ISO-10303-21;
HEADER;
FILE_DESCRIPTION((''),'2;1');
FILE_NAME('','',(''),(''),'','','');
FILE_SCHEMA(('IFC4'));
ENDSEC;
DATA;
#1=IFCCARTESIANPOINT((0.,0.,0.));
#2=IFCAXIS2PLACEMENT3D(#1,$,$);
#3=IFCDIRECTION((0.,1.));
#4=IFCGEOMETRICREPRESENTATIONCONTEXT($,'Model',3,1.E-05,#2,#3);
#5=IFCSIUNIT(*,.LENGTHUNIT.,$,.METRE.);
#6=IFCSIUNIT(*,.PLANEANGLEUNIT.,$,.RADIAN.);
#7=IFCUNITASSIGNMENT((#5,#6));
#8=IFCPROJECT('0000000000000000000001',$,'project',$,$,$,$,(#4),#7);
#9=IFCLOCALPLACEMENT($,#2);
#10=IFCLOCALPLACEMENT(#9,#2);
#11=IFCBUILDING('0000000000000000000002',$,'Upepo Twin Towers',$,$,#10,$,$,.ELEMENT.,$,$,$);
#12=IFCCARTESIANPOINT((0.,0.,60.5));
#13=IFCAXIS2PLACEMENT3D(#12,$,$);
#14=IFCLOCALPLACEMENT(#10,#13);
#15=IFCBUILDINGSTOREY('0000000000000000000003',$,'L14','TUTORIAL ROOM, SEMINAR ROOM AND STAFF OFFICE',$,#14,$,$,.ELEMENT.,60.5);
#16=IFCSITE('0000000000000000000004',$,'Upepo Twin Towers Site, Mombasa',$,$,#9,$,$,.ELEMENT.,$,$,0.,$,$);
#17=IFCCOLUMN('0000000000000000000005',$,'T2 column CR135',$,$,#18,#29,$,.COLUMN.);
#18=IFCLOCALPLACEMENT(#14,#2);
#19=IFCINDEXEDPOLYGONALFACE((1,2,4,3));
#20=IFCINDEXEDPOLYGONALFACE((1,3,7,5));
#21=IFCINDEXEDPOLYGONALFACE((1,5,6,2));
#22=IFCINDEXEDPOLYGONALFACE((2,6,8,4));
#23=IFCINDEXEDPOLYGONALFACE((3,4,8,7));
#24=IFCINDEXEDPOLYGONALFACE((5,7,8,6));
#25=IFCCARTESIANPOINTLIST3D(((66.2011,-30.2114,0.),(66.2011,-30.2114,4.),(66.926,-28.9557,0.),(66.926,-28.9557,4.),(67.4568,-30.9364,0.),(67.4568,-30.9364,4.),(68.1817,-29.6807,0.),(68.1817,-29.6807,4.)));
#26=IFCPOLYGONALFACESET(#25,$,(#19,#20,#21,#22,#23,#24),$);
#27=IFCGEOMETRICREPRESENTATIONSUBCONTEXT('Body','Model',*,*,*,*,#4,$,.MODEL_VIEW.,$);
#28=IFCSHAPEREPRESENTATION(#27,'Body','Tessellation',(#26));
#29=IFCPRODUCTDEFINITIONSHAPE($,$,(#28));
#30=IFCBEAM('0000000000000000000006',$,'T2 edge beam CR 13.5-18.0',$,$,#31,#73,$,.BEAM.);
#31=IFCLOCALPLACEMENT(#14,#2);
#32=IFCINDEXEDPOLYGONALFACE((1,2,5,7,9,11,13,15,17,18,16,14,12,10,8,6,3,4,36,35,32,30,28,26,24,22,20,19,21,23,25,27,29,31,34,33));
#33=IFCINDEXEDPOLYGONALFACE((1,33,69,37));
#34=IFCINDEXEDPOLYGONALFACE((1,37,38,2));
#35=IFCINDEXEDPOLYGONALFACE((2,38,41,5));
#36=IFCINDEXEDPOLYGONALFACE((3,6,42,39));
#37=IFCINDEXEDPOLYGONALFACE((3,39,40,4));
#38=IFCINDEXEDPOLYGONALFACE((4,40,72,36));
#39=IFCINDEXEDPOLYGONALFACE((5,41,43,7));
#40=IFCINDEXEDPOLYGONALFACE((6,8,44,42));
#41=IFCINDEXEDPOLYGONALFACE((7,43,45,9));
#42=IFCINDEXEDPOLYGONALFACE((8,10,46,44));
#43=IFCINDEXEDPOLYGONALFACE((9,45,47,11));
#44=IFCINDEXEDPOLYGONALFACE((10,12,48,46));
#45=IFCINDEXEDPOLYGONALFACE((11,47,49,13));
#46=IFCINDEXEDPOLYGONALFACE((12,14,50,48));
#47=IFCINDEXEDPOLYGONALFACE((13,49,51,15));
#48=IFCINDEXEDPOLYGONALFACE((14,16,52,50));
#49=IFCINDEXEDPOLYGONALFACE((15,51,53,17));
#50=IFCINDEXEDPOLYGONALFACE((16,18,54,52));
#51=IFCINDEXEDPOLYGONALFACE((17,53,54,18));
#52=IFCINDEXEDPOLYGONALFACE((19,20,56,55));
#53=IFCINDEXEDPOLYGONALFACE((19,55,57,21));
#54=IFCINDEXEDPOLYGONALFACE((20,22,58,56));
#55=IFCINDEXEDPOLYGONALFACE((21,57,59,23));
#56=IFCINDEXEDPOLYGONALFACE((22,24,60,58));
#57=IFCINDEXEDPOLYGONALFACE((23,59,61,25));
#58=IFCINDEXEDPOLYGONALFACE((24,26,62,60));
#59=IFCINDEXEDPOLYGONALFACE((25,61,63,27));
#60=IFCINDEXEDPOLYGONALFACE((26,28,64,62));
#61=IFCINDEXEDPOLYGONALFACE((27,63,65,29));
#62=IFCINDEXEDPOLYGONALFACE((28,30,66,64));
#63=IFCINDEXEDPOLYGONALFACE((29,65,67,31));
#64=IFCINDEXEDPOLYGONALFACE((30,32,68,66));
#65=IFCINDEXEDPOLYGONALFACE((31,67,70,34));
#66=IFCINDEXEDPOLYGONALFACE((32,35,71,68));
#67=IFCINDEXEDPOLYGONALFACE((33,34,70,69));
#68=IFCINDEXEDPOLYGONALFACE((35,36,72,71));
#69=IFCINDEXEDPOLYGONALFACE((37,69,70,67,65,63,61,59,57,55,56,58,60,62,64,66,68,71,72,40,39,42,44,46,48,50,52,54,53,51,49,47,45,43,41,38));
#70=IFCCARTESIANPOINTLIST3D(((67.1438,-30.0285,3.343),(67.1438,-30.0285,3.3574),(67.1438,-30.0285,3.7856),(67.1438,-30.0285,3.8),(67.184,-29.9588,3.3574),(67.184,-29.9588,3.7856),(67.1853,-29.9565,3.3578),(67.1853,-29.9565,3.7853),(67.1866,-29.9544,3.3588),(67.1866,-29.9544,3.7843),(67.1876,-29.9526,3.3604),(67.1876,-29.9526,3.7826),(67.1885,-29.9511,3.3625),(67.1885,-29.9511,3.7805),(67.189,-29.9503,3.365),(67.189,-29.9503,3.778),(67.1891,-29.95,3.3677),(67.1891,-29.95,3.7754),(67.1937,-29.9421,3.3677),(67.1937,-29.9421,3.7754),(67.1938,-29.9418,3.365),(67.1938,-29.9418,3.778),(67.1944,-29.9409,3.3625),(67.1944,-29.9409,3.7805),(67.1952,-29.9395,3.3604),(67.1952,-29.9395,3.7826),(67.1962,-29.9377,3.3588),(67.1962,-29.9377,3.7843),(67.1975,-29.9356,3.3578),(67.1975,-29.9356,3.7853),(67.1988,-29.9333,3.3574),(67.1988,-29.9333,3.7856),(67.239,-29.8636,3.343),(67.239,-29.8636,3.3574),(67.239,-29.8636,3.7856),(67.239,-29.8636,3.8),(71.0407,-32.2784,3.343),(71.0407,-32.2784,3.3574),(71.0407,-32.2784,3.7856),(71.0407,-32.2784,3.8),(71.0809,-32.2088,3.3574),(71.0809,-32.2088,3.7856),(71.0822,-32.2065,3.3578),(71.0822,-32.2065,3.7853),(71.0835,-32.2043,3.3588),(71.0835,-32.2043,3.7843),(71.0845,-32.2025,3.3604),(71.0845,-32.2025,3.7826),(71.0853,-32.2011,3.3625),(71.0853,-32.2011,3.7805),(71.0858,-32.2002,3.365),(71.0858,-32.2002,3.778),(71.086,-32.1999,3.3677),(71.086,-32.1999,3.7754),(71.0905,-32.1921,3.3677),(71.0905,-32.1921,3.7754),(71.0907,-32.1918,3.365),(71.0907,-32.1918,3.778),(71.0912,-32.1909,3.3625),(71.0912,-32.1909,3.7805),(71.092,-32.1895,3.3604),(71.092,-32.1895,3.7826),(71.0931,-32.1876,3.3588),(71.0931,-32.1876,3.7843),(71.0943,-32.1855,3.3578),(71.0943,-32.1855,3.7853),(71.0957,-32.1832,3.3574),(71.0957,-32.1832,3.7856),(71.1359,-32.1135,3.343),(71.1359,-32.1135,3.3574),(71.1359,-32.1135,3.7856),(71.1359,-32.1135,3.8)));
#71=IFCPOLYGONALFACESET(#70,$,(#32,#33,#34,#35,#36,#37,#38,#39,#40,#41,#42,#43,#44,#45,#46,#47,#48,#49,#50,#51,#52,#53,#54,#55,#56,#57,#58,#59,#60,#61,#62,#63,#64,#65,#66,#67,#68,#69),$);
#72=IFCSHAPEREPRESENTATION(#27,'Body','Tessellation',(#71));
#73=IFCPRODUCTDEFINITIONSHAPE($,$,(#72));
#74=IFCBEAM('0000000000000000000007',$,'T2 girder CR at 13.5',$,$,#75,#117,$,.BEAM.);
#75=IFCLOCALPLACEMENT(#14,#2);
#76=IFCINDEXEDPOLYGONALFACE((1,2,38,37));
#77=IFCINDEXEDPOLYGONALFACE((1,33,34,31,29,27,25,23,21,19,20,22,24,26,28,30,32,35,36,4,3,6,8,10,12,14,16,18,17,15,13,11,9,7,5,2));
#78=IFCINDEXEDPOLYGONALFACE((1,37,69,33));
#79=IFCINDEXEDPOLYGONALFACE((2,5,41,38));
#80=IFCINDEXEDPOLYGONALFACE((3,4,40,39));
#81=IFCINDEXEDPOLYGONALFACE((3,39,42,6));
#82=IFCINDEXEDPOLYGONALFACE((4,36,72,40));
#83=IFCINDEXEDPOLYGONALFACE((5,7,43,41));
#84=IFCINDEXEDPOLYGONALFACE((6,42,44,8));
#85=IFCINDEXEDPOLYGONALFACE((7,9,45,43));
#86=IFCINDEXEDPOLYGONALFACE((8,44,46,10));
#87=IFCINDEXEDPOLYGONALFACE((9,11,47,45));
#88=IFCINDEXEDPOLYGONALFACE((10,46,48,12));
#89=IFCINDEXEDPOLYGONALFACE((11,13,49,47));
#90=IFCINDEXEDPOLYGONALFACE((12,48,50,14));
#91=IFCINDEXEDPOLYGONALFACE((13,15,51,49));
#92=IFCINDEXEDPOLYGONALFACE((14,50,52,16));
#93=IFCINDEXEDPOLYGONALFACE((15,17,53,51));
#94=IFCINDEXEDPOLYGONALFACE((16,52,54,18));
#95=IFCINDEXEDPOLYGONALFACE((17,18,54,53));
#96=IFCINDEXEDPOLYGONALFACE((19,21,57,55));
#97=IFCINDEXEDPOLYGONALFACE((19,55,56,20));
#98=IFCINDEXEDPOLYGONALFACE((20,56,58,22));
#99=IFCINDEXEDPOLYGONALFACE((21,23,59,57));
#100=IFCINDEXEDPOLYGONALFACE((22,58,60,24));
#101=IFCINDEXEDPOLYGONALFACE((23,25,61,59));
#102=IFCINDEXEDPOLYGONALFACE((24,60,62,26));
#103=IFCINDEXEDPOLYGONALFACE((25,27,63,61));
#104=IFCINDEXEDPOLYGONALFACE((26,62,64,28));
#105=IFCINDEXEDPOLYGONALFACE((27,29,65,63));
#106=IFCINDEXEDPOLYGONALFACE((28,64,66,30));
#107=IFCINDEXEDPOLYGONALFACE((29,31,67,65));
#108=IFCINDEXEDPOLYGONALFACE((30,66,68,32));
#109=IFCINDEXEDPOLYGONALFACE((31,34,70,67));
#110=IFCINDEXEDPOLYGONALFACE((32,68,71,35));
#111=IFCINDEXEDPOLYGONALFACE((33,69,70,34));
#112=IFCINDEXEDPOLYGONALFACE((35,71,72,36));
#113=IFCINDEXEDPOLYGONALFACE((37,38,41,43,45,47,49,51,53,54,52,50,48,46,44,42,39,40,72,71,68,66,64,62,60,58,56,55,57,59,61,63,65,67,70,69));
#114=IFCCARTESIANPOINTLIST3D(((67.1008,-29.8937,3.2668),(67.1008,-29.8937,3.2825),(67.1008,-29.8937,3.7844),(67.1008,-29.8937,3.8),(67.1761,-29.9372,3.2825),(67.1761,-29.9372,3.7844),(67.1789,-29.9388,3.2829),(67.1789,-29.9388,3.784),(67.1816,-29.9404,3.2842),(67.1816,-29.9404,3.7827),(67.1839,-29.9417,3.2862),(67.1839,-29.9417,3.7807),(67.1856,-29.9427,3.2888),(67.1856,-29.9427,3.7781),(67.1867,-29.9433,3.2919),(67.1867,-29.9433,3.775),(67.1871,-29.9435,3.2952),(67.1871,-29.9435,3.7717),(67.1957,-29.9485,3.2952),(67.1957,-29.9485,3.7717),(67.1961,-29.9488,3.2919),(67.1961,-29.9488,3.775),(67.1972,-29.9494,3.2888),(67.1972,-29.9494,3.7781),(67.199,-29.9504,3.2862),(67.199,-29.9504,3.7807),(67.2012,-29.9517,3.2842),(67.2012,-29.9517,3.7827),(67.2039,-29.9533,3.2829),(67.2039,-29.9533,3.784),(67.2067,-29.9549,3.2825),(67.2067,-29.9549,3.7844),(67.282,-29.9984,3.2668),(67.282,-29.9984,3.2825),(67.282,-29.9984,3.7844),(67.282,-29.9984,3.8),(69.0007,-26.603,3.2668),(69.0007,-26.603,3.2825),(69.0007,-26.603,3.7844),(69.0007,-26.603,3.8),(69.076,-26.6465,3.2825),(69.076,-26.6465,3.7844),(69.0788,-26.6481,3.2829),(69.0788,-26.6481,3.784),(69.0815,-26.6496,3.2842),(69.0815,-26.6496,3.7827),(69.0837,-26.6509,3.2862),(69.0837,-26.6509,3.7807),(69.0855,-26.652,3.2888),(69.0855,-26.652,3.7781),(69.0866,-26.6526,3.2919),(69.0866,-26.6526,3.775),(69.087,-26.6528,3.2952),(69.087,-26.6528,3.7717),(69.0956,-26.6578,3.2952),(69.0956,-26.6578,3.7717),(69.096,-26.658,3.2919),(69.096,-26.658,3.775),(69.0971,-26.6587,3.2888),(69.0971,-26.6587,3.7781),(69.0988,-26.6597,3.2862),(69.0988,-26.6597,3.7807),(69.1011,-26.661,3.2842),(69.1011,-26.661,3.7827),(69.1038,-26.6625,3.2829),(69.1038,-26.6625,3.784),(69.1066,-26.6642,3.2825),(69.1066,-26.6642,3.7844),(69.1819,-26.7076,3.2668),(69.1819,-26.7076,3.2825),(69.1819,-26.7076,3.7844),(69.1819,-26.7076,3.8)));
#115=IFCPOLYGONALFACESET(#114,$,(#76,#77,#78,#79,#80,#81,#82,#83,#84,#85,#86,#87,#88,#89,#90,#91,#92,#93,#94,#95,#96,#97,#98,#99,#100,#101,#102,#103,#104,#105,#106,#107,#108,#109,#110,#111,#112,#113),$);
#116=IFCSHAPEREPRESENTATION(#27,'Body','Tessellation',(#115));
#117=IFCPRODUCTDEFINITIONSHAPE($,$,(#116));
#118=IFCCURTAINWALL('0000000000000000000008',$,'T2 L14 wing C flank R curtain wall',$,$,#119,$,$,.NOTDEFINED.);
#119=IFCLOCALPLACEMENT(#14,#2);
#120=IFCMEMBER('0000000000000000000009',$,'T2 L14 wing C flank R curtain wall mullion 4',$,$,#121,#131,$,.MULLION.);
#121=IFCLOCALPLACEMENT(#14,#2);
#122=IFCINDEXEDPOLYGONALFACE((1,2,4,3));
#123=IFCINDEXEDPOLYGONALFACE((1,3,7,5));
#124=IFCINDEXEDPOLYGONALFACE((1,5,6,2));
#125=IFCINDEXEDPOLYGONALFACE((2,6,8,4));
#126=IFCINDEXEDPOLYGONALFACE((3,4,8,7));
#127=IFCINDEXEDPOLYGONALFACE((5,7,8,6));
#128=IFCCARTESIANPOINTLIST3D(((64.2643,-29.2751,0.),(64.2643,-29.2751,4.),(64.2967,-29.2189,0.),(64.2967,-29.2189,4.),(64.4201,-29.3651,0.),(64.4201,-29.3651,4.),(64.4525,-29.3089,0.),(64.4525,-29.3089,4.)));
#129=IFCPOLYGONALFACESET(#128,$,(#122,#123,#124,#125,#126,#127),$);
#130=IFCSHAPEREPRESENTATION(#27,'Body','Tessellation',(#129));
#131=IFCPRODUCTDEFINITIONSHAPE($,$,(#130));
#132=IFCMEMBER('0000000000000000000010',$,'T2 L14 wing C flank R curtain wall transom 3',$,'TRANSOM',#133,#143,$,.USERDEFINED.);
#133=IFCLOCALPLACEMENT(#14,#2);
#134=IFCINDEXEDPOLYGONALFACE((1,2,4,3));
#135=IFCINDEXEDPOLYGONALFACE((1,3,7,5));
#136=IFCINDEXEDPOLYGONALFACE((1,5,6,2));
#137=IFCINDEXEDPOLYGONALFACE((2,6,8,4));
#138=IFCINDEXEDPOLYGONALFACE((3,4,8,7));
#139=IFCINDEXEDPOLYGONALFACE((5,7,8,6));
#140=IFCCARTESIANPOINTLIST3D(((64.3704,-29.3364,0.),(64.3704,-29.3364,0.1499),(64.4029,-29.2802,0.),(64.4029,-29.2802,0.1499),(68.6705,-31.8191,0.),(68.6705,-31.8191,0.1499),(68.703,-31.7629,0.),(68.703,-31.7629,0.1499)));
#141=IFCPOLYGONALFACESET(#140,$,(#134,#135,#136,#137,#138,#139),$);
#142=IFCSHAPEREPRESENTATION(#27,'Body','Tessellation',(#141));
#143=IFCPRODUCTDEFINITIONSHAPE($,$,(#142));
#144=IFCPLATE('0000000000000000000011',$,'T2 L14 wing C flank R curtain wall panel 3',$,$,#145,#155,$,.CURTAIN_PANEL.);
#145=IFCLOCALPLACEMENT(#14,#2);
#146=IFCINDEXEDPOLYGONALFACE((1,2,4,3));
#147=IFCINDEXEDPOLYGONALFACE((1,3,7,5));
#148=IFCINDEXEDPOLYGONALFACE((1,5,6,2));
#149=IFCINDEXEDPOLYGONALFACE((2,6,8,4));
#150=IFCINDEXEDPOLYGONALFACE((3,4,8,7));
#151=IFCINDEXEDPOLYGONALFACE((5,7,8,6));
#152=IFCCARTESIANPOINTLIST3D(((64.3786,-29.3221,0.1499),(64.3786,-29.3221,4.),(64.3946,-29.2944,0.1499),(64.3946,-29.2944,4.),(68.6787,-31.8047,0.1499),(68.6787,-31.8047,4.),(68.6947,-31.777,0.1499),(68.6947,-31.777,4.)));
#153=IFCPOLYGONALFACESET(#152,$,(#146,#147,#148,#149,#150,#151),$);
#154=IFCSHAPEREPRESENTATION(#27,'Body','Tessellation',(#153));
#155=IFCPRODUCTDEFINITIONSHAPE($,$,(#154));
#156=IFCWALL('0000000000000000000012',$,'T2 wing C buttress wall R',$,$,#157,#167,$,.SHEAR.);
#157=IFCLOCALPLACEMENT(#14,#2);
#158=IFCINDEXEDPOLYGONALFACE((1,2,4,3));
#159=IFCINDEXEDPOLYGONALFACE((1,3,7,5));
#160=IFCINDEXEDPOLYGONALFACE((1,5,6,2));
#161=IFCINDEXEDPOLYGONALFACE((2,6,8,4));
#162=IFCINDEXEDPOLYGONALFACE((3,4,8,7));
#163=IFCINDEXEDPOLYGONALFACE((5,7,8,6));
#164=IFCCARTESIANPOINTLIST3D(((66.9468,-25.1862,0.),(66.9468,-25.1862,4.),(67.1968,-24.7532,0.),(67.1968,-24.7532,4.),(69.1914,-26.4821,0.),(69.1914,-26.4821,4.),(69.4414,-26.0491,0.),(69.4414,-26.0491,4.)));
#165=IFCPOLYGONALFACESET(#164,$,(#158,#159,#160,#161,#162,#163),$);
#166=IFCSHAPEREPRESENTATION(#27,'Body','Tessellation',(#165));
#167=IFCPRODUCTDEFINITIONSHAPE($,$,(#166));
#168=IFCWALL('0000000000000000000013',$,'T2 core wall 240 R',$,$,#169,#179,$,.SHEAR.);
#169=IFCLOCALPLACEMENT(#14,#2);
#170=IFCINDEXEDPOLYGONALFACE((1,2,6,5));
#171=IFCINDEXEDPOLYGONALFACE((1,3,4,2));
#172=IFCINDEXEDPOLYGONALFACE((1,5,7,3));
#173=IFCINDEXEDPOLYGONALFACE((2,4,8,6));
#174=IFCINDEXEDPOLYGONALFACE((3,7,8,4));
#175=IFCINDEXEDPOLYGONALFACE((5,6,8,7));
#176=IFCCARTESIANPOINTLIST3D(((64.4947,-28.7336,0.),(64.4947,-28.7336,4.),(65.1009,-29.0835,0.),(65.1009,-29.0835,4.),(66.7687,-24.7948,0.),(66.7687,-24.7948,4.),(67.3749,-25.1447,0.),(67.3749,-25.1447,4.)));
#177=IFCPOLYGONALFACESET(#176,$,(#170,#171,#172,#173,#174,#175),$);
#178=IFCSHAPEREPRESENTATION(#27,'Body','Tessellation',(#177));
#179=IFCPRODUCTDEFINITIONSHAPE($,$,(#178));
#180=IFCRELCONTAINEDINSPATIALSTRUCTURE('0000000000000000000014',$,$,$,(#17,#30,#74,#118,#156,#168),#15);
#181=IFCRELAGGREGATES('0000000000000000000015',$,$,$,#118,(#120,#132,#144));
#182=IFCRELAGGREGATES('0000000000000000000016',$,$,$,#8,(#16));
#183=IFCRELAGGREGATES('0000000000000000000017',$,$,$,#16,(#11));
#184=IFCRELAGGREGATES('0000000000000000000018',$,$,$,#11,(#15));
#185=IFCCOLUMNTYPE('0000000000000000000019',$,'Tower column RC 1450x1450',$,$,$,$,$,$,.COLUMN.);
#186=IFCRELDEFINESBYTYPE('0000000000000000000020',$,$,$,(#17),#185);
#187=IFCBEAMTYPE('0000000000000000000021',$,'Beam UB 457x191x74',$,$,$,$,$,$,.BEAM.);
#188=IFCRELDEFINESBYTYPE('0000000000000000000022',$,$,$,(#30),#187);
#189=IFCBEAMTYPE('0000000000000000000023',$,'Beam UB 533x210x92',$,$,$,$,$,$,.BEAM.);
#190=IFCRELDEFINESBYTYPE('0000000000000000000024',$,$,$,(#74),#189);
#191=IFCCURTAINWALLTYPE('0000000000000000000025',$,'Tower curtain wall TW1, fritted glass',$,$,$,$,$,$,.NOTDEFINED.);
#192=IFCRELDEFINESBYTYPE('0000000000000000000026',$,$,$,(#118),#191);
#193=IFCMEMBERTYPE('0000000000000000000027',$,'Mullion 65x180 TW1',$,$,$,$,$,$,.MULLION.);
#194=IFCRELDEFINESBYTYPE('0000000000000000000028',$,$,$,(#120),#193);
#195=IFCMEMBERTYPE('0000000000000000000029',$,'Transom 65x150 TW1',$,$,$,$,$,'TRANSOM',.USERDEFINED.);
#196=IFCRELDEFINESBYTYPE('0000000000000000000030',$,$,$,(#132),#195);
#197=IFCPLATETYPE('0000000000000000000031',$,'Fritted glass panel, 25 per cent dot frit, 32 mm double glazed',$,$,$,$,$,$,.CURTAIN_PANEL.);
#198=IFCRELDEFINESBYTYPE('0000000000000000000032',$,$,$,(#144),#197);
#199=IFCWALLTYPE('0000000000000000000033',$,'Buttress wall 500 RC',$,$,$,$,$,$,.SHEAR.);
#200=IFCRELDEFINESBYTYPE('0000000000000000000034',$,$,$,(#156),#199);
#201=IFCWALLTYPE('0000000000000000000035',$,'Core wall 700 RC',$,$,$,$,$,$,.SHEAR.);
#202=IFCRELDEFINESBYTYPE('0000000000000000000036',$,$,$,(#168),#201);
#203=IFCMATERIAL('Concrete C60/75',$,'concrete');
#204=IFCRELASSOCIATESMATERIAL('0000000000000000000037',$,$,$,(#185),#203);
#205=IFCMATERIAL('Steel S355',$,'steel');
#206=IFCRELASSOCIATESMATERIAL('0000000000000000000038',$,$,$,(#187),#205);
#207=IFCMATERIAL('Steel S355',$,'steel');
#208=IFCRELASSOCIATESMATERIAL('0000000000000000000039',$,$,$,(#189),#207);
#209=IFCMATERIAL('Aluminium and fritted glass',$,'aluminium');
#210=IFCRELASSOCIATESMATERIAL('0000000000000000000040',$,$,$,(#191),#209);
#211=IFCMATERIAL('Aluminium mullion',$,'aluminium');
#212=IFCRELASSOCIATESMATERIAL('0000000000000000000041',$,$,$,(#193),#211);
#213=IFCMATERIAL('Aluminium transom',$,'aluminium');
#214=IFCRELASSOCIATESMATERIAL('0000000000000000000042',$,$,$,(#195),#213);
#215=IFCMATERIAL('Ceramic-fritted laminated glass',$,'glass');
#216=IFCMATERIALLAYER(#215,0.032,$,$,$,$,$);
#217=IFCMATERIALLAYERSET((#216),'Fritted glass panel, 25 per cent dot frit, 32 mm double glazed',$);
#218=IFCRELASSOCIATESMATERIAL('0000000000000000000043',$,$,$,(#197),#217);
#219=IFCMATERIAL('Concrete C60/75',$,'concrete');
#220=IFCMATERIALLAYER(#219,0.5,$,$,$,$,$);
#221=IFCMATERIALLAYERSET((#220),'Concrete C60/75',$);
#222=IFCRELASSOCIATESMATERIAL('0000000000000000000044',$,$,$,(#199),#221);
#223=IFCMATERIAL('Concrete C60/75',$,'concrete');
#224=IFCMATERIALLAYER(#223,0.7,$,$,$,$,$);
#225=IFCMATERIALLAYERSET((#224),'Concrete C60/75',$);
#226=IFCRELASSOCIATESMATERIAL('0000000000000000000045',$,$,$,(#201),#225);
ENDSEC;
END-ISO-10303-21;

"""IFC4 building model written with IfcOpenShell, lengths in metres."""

from ifc_helpers import new_model, si_unit, direction, frame, frame_2d, origin, origin_2d, place, context, subcontext, project, spatial, rectangle, i_section, extrude, material, layer, layer_set, material_profile, profile_set, type_object, element, aggregate, save


model = new_model("IFC4")

# Units and contexts
model_context = context("Model", 3, precision=1e-05, world=origin(), true_north=direction((0.0, 1.0)))
body_context = subcontext(model_context, "Body", "Model", "MODEL_VIEW")
ifc_project = project(units=[si_unit("LENGTHUNIT", "METRE"), si_unit("PLANEANGLEUNIT", "RADIAN")], contexts=[model_context])

# Site, building, storey
site_placement = place(None, origin())
site = spatial("IfcSite", under=ifc_project, at=site_placement, Name="Upepo Twin Towers Site, Mombasa", CompositionType="ELEMENT", RefElevation=0.0)
building_placement = place(site_placement, origin())
building = spatial("IfcBuilding", under=site, at=building_placement, Name="Upepo Twin Towers", CompositionType="ELEMENT")
storey_placement = place(building_placement, frame((0.0, 0.0, 60.5)))
storey = spatial("IfcBuildingStorey", under=building, at=storey_placement, Name="L14", Description="TUTORIAL ROOM, SEMINAR ROOM AND STAFF OFFICE", CompositionType="ELEMENT", Elevation=60.5)

# Column
ifc_material_1 = material(Name="Concrete C60/75", Category="concrete")
ifc_material_profile_1 = material_profile(ifc_material_1, rectangle(XDim=1.45, YDim=1.45, at=origin_2d()), Name="RC 1450x1450")
ifc_profile_set_1 = profile_set([ifc_material_profile_1], Name="Concrete C60/75")
column_type = type_object("IfcColumnType", Name="Tower column RC 1450x1450", PredefinedType="COLUMN", material=ifc_profile_set_1)
column_placement = place(storey_placement, frame((67.1914, -29.946, 0.0), z_axis=(0.0, 0.0, 1.0), x_axis=(0.5, 0.866025, 0.0)))
element("IfcColumn", 1, at=column_placement, inside=storey, type_object=column_type, Name="T2 column CR135", PredefinedType="COLUMN", context=body_context, shape_type="SweptSolid", body=[
    extrude(rectangle(XDim=1.45, YDim=1.45, at=origin_2d()), origin(), (0.0, 0.0, 1.0), 4.0),
])

# Beams
ifc_material_2 = material(Name="Steel S355", Category="steel")
ifc_material_profile_2 = material_profile(ifc_material_2, i_section(OverallWidth=0.1904, OverallDepth=0.457, WebThickness=0.009, FlangeThickness=0.0144, FilletRadius=0.0103, at=origin_2d()), Name="UB 457x191x74")
ifc_profile_set_2 = profile_set([ifc_material_profile_2], Name="Steel S355")
beam_type_1 = type_object("IfcBeamType", Name="Beam UB 457x191x74", PredefinedType="BEAM", material=ifc_profile_set_2)
beam_1_placement = place(storey_placement, frame((67.1914, -29.946, 3.5715), z_axis=(0.866018, -0.500014, 0.0), x_axis=(0.500014, 0.866018, 0.0)))
element("IfcBeam", 2, at=beam_1_placement, inside=storey, type_object=beam_type_1, Name="T2 edge beam CR 13.5-18.0", PredefinedType="BEAM", context=body_context, shape_type="SweptSolid", body=[
    extrude(i_section(OverallWidth=0.1904, OverallDepth=0.457, WebThickness=0.009, FlangeThickness=0.0144, FilletRadius=0.0103, at=origin_2d()), origin(), (0.0, 0.0, 1.0), 4.4998),
])
ifc_material_3 = material(Name="Steel S355", Category="steel")
ifc_material_profile_3 = material_profile(ifc_material_3, i_section(OverallWidth=0.2092, OverallDepth=0.5332, WebThickness=0.01, FlangeThickness=0.0156, FilletRadius=0.0127, at=origin_2d()), Name="UB 533x210x92")
ifc_profile_set_3 = profile_set([ifc_material_profile_3], Name="Steel S355")
beam_type_2 = type_object("IfcBeamType", Name="Beam UB 533x210x92", PredefinedType="BEAM", material=ifc_profile_set_3)
beam_2_placement = place(storey_placement, frame((67.1914, -29.946, 3.5334), z_axis=(0.499995, 0.866028, 0.0), x_axis=(-0.866028, 0.499995, 0.0)))
element("IfcBeam", 3, at=beam_2_placement, inside=storey, type_object=beam_type_2, Name="T2 girder CR at 13.5", PredefinedType="BEAM", context=body_context, shape_type="SweptSolid", body=[
    extrude(i_section(OverallWidth=0.2092, OverallDepth=0.5332, WebThickness=0.01, FlangeThickness=0.0156, FilletRadius=0.0127, at=origin_2d()), origin(), (0.0, 0.0, 1.0), 3.7998),
])

# Curtain wall, members, plate
ifc_material_4 = material(Name="Aluminium and fritted glass", Category="aluminium")
curtain_wall_type = type_object("IfcCurtainWallType", Name="Tower curtain wall TW1, fritted glass", PredefinedType="NOTDEFINED", material=ifc_material_4)
curtain_wall_placement = place(storey_placement, origin())
curtain_wall = element("IfcCurtainWall", 4, at=curtain_wall_placement, inside=storey, type_object=curtain_wall_type, Name="T2 L14 wing C flank R curtain wall", PredefinedType="NOTDEFINED")
ifc_material_5 = material(Name="Aluminium mullion", Category="aluminium")
ifc_material_profile_4 = material_profile(ifc_material_5, rectangle(XDim=0.0649, YDim=0.1799, at=origin_2d()), Name="MULLION 65x180")
ifc_profile_set_4 = profile_set([ifc_material_profile_4], Name="Aluminium mullion")
member_type_1 = type_object("IfcMemberType", Name="Mullion 65x180 TW1", PredefinedType="MULLION", material=ifc_profile_set_4)
member_1_placement = place(storey_placement, frame((64.3584, -29.292, 0.0), z_axis=(0.0, 0.0, 1.0), x_axis=(-0.5, -0.866025, 0.0)))
member_1 = element("IfcMember", 5, at=member_1_placement, type_object=member_type_1, Name="T2 L14 wing C flank R curtain wall mullion 4", PredefinedType="MULLION", context=body_context, shape_type="SweptSolid", body=[
    extrude(rectangle(XDim=0.0649, YDim=0.1799, at=origin_2d()), origin(), (0.0, 0.0, 1.0), 4.0),
])
ifc_material_6 = material(Name="Aluminium transom", Category="aluminium")
ifc_material_profile_5 = material_profile(ifc_material_6, rectangle(XDim=0.0649, YDim=0.1499, at=origin_2d()), Name="TRANSOM 65x150")
ifc_profile_set_5 = profile_set([ifc_material_profile_5], Name="Aluminium transom")
member_type_2 = type_object("IfcMemberType", Name="Transom 65x150 TW1", ElementType="TRANSOM", PredefinedType="USERDEFINED", material=ifc_profile_set_5)
member_2_placement = place(storey_placement, frame((68.6868, -31.791, 0.075), z_axis=(-0.866023, 0.500005, 0.0), x_axis=(-0.500005, -0.866023, 0.0)))
member_2 = element("IfcMember", 6, at=member_2_placement, type_object=member_type_2, Name="T2 L14 wing C flank R curtain wall transom 3", ObjectType="TRANSOM", PredefinedType="USERDEFINED", context=body_context, shape_type="SweptSolid", body=[
    extrude(rectangle(XDim=0.0649, YDim=0.1499, at=origin_2d()), origin(), (0.0, 0.0, 1.0), 4.9653),
])
ifc_material_7 = material(Name="Ceramic-fritted laminated glass", Category="glass")
ifc_layer_1 = layer(ifc_material_7, 0.032)
ifc_layer_set_1 = layer_set([ifc_layer_1], Name="Fritted glass panel, 25 per cent dot frit, 32 mm double glazed")
plate_type = type_object("IfcPlateType", Name="Fritted glass panel, 25 per cent dot frit, 32 mm double glazed", PredefinedType="CURTAIN_PANEL", material=ifc_layer_set_1)
plate_placement = place(storey_placement, frame((66.5366, -30.5496, 0.1499), z_axis=(0.0, 0.0, 1.0), x_axis=(-0.866025, 0.5, 0.0)))
plate = element("IfcPlate", 7, at=plate_placement, type_object=plate_type, Name="T2 L14 wing C flank R curtain wall panel 3", PredefinedType="CURTAIN_PANEL", context=body_context, shape_type="SweptSolid", body=[
    extrude(rectangle(XDim=4.9653, YDim=0.032, at=origin_2d()), origin(), (0.0, 0.0, 1.0), 3.8501),
])
aggregate(curtain_wall, [member_1, member_2, plate])

# Walls
ifc_material_8 = material(Name="Concrete C60/75", Category="concrete")
ifc_layer_2 = layer(ifc_material_8, 0.5)
ifc_layer_set_2 = layer_set([ifc_layer_2], Name="Concrete C60/75")
wall_type_1 = type_object("IfcWallType", Name="Buttress wall 500 RC", PredefinedType="SHEAR", material=ifc_layer_set_2)
wall_1_placement = place(storey_placement, frame((67.0718, -24.9697, 0.0), z_axis=(0.0, 0.0, 1.0), x_axis=(0.866032, -0.499989, 0.0)))
element("IfcWall", 8, at=wall_1_placement, inside=storey, type_object=wall_type_1, Name="T2 wing C buttress wall R", PredefinedType="SHEAR", context=body_context, shape_type="SweptSolid", body=[
    extrude(rectangle(XDim=2.5918, YDim=0.5, at=frame_2d((1.2959, 0.0))), origin(), (0.0, 0.0, 1.0), 4.0),
])
ifc_material_9 = material(Name="Concrete C60/75", Category="concrete")
ifc_layer_3 = layer(ifc_material_9, 0.7)
ifc_layer_set_3 = layer_set([ifc_layer_3], Name="Concrete C60/75")
wall_type_2 = type_object("IfcWallType", Name="Core wall 700 RC", PredefinedType="SHEAR", material=ifc_layer_set_3)
wall_2_placement = place(storey_placement, frame((64.7979, -28.9084, 0.0), z_axis=(0.0, 0.0, 1.0), x_axis=(0.499984, 0.866035, 0.0)))
element("IfcWall", 9, at=wall_2_placement, inside=storey, type_object=wall_type_2, Name="T2 core wall 240 R", PredefinedType="SHEAR", context=body_context, shape_type="SweptSolid", body=[
    extrude(rectangle(XDim=4.5481, YDim=0.7, at=frame_2d((2.2739, 0.0))), origin(), (0.0, 0.0, 1.0), 4.0),
])

save(model, "model.ifc")
